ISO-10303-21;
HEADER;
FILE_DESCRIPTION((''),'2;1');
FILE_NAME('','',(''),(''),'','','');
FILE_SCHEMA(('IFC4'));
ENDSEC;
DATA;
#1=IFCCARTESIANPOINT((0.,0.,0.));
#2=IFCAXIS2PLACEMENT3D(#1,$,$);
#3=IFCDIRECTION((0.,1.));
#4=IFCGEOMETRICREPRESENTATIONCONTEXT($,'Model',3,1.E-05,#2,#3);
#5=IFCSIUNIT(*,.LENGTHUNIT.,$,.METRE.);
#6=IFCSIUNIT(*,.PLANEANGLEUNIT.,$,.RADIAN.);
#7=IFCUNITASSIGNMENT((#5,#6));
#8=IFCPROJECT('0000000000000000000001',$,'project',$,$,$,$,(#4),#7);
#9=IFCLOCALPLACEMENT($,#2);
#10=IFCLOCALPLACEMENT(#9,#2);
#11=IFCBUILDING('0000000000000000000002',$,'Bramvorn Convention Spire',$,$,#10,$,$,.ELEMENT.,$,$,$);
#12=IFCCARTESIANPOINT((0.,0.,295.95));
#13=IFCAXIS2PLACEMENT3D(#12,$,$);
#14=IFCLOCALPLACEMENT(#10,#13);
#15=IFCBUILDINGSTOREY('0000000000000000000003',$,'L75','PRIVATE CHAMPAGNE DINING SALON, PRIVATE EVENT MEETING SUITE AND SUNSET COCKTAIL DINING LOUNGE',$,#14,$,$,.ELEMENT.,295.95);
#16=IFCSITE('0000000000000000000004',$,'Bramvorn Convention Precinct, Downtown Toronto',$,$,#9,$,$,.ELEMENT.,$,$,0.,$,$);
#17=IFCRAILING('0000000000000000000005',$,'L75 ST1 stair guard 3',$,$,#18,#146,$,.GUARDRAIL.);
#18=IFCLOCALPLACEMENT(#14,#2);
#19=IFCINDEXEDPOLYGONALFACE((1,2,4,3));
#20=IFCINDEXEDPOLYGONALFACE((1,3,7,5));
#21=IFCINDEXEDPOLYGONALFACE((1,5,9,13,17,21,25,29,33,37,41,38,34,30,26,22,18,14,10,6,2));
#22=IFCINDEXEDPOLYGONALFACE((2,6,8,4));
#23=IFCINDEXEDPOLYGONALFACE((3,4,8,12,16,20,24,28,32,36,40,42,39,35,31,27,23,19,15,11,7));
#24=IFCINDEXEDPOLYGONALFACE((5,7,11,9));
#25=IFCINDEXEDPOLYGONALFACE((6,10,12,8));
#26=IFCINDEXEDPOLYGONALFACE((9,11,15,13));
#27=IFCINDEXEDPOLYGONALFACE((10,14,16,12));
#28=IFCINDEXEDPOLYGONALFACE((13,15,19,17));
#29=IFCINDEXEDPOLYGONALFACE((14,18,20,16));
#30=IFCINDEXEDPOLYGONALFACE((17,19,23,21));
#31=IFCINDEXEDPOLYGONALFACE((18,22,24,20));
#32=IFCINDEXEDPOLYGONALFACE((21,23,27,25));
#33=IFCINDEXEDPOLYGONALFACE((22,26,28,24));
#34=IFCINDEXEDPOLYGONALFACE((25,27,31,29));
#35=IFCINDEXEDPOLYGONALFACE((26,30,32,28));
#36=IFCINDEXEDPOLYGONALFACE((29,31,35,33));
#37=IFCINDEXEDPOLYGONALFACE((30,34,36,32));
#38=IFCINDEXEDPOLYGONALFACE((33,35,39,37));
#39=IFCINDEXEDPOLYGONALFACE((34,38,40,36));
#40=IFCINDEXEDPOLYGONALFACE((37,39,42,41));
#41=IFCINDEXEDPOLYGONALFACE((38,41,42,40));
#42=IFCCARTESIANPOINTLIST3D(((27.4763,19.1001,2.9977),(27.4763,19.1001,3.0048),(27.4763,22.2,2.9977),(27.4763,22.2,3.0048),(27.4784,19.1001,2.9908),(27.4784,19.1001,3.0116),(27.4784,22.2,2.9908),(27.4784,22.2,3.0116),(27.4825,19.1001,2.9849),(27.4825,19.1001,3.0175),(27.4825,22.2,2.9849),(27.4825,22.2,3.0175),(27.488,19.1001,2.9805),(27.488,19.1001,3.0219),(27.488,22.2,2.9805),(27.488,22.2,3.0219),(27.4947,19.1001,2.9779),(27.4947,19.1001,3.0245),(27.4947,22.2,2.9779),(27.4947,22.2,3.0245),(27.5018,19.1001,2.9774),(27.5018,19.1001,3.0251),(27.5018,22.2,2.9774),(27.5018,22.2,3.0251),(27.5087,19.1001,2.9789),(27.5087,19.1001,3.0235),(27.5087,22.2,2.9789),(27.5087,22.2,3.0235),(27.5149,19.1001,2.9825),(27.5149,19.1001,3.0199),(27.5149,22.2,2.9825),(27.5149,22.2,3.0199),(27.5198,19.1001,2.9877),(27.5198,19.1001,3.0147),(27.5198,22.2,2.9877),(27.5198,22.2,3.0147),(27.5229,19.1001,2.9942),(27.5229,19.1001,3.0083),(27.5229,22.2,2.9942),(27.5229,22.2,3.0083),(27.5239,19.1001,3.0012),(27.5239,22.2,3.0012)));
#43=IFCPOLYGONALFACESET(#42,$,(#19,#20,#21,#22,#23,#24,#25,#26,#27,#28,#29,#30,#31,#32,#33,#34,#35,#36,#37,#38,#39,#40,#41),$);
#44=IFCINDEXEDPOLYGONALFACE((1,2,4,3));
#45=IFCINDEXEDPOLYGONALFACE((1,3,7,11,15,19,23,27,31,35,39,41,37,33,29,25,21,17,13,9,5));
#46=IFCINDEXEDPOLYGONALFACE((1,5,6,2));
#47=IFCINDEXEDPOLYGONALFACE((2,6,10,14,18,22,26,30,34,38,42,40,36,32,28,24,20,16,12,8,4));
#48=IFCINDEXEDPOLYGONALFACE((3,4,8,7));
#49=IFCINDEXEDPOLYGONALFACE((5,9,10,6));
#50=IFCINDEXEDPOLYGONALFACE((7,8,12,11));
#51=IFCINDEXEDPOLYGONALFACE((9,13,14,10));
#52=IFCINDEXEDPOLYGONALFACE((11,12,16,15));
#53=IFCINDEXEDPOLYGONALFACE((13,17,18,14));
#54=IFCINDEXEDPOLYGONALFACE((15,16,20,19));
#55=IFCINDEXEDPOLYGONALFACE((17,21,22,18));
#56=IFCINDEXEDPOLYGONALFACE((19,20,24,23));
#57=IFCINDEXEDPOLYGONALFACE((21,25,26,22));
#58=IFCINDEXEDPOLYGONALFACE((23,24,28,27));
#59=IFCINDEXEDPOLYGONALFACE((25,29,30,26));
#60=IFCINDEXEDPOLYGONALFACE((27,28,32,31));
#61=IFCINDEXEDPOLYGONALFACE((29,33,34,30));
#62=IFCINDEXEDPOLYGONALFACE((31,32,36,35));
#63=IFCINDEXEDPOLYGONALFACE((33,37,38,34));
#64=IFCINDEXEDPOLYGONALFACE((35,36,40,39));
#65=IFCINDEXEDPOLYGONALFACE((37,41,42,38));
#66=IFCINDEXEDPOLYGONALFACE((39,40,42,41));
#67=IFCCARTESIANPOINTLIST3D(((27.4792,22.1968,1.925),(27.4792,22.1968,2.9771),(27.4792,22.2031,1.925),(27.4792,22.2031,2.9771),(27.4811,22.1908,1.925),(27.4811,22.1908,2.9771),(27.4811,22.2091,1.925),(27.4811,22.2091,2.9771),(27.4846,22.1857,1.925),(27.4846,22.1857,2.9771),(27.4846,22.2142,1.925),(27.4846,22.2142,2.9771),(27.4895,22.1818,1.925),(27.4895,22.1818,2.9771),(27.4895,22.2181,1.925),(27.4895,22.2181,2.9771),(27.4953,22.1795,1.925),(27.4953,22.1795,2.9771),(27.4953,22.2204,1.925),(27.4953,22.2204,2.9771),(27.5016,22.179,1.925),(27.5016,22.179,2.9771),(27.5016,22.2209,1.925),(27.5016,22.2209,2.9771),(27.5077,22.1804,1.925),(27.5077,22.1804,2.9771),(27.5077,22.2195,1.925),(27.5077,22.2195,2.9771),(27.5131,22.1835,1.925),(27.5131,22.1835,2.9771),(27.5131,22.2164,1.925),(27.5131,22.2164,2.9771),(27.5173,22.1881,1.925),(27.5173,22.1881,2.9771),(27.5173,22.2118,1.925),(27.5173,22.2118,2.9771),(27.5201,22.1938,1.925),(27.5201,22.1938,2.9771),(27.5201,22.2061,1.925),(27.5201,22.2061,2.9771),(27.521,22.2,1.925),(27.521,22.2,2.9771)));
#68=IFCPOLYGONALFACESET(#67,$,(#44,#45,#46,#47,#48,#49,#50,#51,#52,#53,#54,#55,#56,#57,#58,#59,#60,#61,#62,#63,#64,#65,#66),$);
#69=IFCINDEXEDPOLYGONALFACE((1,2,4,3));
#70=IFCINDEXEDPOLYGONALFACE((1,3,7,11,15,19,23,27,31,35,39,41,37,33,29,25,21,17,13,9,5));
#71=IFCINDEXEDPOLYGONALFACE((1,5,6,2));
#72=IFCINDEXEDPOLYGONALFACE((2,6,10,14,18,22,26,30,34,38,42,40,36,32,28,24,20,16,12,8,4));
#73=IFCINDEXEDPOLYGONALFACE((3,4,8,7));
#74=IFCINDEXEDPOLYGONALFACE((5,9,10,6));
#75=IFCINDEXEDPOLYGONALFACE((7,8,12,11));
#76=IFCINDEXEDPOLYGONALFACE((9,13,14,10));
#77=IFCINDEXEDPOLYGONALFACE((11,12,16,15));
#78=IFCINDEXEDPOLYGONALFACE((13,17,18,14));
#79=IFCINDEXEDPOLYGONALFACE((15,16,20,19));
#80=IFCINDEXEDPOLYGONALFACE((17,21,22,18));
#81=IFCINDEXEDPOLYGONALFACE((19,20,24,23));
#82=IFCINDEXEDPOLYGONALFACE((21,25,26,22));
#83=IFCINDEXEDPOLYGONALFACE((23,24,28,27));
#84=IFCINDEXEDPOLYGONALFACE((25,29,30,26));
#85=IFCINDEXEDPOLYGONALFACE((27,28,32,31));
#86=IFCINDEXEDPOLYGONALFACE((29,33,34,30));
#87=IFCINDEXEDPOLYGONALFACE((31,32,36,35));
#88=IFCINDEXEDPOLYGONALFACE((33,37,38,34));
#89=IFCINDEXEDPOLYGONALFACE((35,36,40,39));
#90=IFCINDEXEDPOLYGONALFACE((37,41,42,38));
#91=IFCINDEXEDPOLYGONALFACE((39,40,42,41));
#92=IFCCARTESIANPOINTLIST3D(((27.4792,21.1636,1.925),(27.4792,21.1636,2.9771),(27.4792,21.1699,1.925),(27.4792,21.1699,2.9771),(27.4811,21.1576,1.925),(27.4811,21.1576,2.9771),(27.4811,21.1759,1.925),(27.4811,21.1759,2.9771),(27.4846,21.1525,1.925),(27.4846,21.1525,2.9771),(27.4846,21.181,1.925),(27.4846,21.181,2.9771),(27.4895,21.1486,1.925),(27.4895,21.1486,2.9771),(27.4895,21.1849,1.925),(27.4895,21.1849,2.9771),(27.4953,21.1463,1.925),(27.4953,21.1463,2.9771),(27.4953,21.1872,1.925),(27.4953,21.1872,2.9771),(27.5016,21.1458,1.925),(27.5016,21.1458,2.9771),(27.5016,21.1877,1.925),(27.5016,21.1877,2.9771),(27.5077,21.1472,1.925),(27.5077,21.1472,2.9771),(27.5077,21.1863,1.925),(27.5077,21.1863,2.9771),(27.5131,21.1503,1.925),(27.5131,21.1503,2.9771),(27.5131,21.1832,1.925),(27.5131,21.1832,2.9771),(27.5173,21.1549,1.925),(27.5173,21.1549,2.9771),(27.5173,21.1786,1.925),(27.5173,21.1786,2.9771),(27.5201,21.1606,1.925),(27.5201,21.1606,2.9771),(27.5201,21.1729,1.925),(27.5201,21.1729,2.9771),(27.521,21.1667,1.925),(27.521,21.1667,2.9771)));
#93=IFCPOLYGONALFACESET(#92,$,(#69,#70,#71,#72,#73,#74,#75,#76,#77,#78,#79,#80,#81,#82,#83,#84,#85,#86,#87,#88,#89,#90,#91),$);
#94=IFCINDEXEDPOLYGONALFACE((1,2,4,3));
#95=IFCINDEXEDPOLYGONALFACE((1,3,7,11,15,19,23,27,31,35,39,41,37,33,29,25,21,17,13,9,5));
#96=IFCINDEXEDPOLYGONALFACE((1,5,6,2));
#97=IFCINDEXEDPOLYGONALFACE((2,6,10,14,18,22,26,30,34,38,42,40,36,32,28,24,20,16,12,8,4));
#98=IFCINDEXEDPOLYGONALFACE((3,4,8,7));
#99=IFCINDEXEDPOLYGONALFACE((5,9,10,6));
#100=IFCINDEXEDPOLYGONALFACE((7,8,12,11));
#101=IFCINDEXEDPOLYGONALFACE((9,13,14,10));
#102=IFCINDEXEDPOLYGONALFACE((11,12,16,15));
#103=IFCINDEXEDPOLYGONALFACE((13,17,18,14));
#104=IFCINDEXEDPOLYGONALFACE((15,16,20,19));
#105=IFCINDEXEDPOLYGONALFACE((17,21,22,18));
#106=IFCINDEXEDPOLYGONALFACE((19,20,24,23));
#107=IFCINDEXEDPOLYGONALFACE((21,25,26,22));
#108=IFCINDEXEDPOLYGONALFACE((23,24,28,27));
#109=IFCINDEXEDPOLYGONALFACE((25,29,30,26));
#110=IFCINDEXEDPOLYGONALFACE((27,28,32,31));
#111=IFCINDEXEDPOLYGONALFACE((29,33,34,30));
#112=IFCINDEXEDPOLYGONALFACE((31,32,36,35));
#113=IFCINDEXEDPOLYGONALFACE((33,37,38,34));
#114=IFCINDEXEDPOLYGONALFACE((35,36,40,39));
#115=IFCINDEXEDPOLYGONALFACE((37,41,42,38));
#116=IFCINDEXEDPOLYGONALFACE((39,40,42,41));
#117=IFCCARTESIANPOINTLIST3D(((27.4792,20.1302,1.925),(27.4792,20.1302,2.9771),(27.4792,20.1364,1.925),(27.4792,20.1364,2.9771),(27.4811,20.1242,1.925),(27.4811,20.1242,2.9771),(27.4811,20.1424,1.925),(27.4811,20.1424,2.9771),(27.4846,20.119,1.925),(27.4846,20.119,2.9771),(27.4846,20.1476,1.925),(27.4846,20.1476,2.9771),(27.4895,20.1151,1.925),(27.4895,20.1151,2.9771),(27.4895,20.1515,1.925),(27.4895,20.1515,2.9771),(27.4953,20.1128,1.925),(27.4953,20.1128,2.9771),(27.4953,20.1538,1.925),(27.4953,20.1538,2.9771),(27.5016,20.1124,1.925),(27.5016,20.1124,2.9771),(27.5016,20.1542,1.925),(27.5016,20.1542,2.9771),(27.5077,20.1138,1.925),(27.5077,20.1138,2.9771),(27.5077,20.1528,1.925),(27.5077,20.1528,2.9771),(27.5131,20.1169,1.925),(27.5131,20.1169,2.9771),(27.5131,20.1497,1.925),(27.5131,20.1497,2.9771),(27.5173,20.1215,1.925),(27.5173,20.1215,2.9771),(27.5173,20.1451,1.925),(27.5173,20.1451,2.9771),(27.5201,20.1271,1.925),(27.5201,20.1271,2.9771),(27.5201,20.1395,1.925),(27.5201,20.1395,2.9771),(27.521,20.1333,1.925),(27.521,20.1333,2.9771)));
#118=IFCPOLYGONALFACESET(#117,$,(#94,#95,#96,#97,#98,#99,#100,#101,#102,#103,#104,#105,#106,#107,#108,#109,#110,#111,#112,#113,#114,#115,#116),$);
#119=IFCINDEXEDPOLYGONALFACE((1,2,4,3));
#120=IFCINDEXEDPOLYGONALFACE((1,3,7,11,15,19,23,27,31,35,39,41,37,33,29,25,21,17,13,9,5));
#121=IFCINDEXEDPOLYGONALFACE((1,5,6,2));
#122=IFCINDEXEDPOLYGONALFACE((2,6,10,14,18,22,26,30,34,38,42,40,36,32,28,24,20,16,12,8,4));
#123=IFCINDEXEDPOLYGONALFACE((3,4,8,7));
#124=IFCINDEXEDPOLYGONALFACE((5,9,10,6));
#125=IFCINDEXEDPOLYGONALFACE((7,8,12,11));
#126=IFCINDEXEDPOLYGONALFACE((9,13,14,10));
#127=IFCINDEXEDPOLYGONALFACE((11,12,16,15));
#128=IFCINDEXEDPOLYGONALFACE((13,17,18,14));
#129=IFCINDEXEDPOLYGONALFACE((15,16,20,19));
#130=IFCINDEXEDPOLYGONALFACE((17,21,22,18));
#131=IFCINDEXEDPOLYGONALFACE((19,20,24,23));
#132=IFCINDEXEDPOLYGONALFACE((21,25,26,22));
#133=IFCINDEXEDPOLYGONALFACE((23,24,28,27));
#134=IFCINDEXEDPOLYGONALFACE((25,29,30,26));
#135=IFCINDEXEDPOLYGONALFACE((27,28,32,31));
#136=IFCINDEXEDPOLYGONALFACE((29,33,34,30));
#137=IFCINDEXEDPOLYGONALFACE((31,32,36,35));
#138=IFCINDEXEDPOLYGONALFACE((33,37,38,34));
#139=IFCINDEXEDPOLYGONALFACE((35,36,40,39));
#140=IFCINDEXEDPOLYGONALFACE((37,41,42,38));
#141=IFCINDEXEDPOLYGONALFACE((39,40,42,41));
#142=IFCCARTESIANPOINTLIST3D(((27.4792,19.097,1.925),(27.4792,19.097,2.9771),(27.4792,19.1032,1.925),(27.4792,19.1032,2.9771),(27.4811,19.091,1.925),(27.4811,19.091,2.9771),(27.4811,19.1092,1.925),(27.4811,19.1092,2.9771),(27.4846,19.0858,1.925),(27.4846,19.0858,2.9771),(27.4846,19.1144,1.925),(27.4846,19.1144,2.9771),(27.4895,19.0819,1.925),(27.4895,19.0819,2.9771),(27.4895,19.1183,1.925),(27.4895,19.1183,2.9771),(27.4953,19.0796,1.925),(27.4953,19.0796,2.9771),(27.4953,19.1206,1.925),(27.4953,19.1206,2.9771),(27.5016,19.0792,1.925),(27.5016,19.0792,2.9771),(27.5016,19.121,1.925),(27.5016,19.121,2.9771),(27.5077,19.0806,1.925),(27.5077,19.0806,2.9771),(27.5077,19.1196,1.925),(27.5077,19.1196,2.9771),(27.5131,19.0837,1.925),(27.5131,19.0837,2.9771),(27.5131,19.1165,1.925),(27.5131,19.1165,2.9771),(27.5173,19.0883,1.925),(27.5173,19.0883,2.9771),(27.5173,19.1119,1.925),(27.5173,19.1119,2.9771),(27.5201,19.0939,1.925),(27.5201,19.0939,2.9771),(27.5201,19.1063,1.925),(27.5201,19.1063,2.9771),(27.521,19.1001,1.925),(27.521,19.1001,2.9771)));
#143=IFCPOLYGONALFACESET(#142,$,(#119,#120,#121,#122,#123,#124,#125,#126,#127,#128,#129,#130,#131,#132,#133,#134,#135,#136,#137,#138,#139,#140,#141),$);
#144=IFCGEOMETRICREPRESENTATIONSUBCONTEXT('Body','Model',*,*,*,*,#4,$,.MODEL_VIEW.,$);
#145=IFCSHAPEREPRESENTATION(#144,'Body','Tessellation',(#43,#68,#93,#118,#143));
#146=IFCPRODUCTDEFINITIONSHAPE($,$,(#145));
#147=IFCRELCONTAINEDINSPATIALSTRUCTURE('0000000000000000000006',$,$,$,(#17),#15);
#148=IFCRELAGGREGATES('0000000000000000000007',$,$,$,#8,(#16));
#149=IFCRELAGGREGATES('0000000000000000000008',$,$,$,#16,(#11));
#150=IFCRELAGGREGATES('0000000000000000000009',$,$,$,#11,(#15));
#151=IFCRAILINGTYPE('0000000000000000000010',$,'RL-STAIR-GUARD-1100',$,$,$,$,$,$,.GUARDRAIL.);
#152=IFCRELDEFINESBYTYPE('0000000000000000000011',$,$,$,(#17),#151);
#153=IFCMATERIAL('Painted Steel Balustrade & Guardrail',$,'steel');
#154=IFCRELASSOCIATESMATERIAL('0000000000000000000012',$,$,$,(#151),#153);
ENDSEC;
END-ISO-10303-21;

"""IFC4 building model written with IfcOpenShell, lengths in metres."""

from ifc_helpers import new_model, si_unit, direction, frame, origin, origin_2d, place, context, subcontext, project, spatial, circle, extrude, material, type_object, element, save


model = new_model("IFC4")

# Units and contexts
model_context = context("Model", 3, precision=1e-05, world=origin(), true_north=direction((0.0, 1.0)))
body_context = subcontext(model_context, "Body", "Model", "MODEL_VIEW")
ifc_project = project(units=[si_unit("LENGTHUNIT", "METRE"), si_unit("PLANEANGLEUNIT", "RADIAN")], contexts=[model_context])

# Site, building, storey
site_placement = place(None, origin())
site = spatial("IfcSite", under=ifc_project, at=site_placement, Name="Bramvorn Convention Precinct, Downtown Toronto", CompositionType="ELEMENT", RefElevation=0.0)
building_placement = place(site_placement, origin())
building = spatial("IfcBuilding", under=site, at=building_placement, Name="Bramvorn Convention Spire", CompositionType="ELEMENT")
storey_placement = place(building_placement, frame((0.0, 0.0, 295.95)))
storey = spatial("IfcBuildingStorey", under=building, at=storey_placement, Name="L75", Description="PRIVATE CHAMPAGNE DINING SALON, PRIVATE EVENT MEETING SUITE AND SUNSET COCKTAIL DINING LOUNGE", CompositionType="ELEMENT", Elevation=295.95)

# Railing
ifc_material_1 = material(Name="Painted Steel Balustrade & Guardrail", Category="steel")
railing_type_1 = type_object("IfcRailingType", Name="RL-STAIR-GUARD-1100", PredefinedType="GUARDRAIL", material=ifc_material_1)
for number, where, name in (
    (1, (27.5, 22.2, 1.925), "L75 ST1 stair guard 3"),
):
    element("IfcRailing", number, at=place(storey_placement, frame(where)), inside=storey, type_object=railing_type_1, Name=name, PredefinedType="GUARDRAIL", context=body_context, shape_type="SweptSolid", body=[
        extrude(circle(Radius=0.0239, at=origin_2d()), frame((0.0, 0.0, 1.0762), z_axis=(0.0, -1.0, 0.0), x_axis=(1.0, 0.0, 0.0)), (0.0, 0.0, 1.0), 3.0999),
        extrude(circle(Radius=0.021, at=origin_2d()), origin(), (0.0, 0.0, 1.0), 1.052),
        extrude(circle(Radius=0.021, at=origin_2d()), frame((0.0, -1.0332, 0.0)), (0.0, 0.0, 1.0), 1.052),
        extrude(circle(Radius=0.021, at=origin_2d()), frame((0.0, -2.0667, 0.0)), (0.0, 0.0, 1.0), 1.052),
        extrude(circle(Radius=0.021, at=origin_2d()), frame((0.0, -3.0999, 0.0)), (0.0, 0.0, 1.0), 1.052),
    ])

save(model, "model.ifc")
